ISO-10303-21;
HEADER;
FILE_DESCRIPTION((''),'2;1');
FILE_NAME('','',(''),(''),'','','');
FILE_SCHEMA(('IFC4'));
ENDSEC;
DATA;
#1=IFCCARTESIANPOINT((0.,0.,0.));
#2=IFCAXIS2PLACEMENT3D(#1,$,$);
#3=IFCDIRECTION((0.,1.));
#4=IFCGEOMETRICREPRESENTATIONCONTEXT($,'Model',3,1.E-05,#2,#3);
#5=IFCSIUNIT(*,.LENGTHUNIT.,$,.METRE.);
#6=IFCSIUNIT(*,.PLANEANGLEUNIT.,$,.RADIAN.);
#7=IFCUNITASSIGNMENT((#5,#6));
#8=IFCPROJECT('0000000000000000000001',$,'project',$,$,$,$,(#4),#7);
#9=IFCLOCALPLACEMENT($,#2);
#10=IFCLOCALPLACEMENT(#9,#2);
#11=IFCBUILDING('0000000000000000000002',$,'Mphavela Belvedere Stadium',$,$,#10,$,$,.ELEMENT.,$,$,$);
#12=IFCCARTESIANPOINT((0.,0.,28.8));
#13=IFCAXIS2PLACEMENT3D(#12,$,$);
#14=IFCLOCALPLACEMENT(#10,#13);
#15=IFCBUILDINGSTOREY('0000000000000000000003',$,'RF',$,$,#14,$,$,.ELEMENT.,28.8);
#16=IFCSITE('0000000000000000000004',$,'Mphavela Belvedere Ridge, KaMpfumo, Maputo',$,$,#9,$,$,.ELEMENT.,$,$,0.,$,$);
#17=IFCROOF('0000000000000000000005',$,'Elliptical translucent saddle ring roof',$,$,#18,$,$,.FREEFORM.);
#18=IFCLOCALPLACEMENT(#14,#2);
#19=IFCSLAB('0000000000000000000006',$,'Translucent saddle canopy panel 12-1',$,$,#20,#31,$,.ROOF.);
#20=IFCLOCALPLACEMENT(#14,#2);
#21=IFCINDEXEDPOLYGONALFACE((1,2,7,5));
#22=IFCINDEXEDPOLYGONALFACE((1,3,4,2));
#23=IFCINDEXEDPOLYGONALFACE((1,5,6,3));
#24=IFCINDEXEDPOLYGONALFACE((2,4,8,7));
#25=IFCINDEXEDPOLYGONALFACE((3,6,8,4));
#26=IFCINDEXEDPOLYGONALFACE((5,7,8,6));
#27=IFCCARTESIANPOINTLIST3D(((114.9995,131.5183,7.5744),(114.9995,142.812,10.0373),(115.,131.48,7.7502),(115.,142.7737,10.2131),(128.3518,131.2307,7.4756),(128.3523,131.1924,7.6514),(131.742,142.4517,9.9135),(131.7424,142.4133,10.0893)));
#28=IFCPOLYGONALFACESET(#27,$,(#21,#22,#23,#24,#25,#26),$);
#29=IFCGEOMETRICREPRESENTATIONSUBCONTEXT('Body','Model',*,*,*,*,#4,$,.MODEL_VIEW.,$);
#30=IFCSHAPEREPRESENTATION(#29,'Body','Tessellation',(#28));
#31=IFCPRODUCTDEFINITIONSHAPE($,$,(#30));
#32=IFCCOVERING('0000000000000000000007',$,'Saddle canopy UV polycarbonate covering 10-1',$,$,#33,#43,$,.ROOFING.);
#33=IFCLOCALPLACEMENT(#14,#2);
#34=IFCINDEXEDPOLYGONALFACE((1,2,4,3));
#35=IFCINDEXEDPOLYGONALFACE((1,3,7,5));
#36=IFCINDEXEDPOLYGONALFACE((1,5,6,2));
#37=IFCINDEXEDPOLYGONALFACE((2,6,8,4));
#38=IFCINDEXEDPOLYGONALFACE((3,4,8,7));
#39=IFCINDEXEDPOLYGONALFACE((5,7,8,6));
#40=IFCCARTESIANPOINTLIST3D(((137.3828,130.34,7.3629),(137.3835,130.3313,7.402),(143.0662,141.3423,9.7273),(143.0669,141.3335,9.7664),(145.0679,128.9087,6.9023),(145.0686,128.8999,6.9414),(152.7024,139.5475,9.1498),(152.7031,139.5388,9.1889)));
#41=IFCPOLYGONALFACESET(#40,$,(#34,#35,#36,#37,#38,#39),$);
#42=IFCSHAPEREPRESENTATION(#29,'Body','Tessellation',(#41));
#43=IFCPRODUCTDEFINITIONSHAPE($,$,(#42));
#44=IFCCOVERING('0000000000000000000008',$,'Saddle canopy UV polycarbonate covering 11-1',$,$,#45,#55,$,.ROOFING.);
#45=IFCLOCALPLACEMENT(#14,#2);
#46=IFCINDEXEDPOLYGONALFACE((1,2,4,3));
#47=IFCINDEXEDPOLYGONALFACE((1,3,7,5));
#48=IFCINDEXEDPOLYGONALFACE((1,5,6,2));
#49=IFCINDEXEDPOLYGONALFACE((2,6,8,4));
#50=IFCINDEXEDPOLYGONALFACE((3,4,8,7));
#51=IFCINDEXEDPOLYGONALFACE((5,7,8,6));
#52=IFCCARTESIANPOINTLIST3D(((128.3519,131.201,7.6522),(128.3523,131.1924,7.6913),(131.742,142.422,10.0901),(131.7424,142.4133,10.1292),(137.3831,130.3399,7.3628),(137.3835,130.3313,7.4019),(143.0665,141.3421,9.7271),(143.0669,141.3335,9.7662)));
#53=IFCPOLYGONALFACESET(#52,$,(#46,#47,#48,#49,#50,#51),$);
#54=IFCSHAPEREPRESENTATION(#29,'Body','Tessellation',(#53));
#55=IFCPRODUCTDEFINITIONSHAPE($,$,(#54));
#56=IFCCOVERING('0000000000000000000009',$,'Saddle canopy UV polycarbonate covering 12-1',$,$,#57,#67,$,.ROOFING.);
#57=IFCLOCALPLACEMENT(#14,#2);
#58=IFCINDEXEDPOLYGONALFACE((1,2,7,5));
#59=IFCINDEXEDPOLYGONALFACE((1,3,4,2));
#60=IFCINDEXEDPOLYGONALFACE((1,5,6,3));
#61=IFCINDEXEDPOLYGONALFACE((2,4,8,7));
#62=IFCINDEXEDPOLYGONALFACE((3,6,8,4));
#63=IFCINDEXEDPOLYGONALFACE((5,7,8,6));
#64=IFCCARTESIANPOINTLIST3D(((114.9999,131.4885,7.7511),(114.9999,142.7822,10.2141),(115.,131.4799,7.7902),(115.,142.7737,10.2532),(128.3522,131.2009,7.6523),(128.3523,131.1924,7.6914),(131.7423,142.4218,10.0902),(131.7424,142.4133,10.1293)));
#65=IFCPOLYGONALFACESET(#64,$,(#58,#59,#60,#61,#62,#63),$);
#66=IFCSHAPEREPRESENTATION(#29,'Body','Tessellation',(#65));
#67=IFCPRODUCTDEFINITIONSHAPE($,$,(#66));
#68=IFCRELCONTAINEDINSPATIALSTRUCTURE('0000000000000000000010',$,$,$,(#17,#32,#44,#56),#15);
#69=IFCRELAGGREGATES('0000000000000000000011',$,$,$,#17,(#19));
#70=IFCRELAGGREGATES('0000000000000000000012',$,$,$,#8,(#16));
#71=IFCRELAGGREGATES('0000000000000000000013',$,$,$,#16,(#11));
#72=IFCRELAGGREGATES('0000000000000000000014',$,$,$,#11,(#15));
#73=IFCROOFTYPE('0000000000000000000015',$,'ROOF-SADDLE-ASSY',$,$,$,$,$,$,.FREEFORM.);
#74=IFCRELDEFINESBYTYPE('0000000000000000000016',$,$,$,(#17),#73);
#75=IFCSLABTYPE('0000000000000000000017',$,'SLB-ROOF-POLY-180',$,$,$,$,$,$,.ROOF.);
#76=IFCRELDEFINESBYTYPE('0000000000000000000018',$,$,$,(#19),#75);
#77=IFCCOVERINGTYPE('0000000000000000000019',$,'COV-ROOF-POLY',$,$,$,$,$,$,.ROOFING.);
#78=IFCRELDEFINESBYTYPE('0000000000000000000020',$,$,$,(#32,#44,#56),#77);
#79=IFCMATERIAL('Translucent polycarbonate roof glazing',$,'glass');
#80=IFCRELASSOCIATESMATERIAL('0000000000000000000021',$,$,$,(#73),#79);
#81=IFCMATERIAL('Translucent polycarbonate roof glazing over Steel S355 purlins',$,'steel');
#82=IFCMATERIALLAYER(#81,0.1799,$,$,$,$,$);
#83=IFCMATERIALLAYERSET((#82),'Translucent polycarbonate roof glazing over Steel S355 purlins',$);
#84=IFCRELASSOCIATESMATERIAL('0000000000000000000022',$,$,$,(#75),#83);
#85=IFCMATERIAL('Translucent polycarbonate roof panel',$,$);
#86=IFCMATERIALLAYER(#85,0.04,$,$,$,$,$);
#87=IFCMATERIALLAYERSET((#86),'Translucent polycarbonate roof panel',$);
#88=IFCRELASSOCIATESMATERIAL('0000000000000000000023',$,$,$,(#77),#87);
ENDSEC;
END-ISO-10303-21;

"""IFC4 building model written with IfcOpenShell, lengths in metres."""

from ifc_helpers import new_model, si_unit, direction, frame, origin, place, context, subcontext, project, spatial, polyline, outline, extrude, material, layer, layer_set, type_object, element, aggregate, save


model = new_model("IFC4")

# Units and contexts
model_context = context("Model", 3, precision=1e-05, world=origin(), true_north=direction((0.0, 1.0)))
body_context = subcontext(model_context, "Body", "Model", "MODEL_VIEW")
ifc_project = project(units=[si_unit("LENGTHUNIT", "METRE"), si_unit("PLANEANGLEUNIT", "RADIAN")], contexts=[model_context])

# Site, building, storey
site_placement = place(None, origin())
site = spatial("IfcSite", under=ifc_project, at=site_placement, Name="Mphavela Belvedere Ridge, KaMpfumo, Maputo", CompositionType="ELEMENT", RefElevation=0.0)
building_placement = place(site_placement, origin())
building = spatial("IfcBuilding", under=site, at=building_placement, Name="Mphavela Belvedere Stadium", CompositionType="ELEMENT")
storey_placement = place(building_placement, frame((0.0, 0.0, 28.8)))
storey = spatial("IfcBuildingStorey", under=building, at=storey_placement, Name="RF", CompositionType="ELEMENT", Elevation=28.8)

# Roof, slab
ifc_material_1 = material(Name="Translucent polycarbonate roof glazing", Category="glass")
roof_type = type_object("IfcRoofType", Name="ROOF-SADDLE-ASSY", PredefinedType="FREEFORM", material=ifc_material_1)
roof_placement = place(storey_placement, origin())
roof = element("IfcRoof", 1, at=roof_placement, inside=storey, type_object=roof_type, Name="Elliptical translucent saddle ring roof", PredefinedType="FREEFORM")
ifc_material_2 = material(Name="Translucent polycarbonate roof glazing over Steel S355 purlins", Category="steel")
ifc_layer_1 = layer(ifc_material_2, 0.1799)
ifc_layer_set_1 = layer_set([ifc_layer_1], Name="Translucent polycarbonate roof glazing over Steel S355 purlins")
slab_type = type_object("IfcSlabType", Name="SLB-ROOF-POLY-180", PredefinedType="ROOF", material=ifc_layer_set_1)
slab_1_placement = place(storey_placement, frame((128.3523, 131.1924, 7.6514), z_axis=(0.002641, -0.213073, 0.977033), x_axis=(-0.999741, 0.021535, 0.007399)))
slab_1 = element("IfcSlab", 2, at=slab_1_placement, type_object=slab_type, Name="Translucent saddle canopy panel 12-1", PredefinedType="ROOF", context=body_context, shape_type="SweptSolid", body=[
    extrude(outline(polyline([(0.0, 0.0), (13.3558, 0.0), (13.6172, -11.5562), (-3.1296, -11.5565), (0.0, 0.0)])), origin(), (0.0, 0.0, -1.0), 0.1799),
])
aggregate(roof, [slab_1])

# Coverings
ifc_material_3 = material(Name="Translucent polycarbonate roof panel")
ifc_layer_2 = layer(ifc_material_3, 0.04)
ifc_layer_set_2 = layer_set([ifc_layer_2], Name="Translucent polycarbonate roof panel")
covering_type = type_object("IfcCoveringType", Name="COV-ROOF-POLY", PredefinedType="ROOFING", material=ifc_layer_set_2)
covering_1_placement = place(storey_placement, frame((145.0686, 128.8999, 6.9414), z_axis=(0.017716, -0.218809, 0.975607), x_axis=(-0.981392, 0.182787, 0.058817)))
element("IfcCovering", 3, at=covering_1_placement, inside=storey, type_object=covering_type, Name="Saddle canopy UV polycarbonate covering 10-1", PredefinedType="ROOFING", context=body_context, shape_type="SweptSolid", body=[
    extrude(outline(polyline([(0.0, 0.0), (7.8308, 0.0), (4.4033, -12.1323), (-5.4156, -12.1324), (0.0, 0.0)])), origin(), (0.0, 0.0, -1.0), 0.04),
])
covering_2_placement = place(storey_placement, frame((137.3835, 130.3313, 7.4019), z_axis=(0.010755, -0.215398, 0.976467), x_axis=(-0.994979, 0.094869, 0.031886)))
element("IfcCovering", 4, at=covering_2_placement, inside=storey, type_object=covering_type, Name="Saddle canopy UV polycarbonate covering 11-1", PredefinedType="ROOFING", context=body_context, shape_type="SweptSolid", body=[
    extrude(outline(polyline([(0.0, 0.0), (9.0768, 0.0), (6.846, -11.763), (-4.5356, -11.763), (0.0, 0.0)])), origin(), (0.0, 0.0, -1.0), 0.04),
])
covering_3_placement = place(storey_placement, frame((128.3523, 131.1924, 7.6914), z_axis=(0.002641, -0.213073, 0.977033), x_axis=(-0.999741, 0.021531, 0.007398)))
element("IfcCovering", 5, at=covering_3_placement, inside=storey, type_object=covering_type, Name="Saddle canopy UV polycarbonate covering 12-1", PredefinedType="ROOFING", context=body_context, shape_type="SweptSolid", body=[
    extrude(outline(polyline([(0.0, 0.0), (13.3558, 0.0), (13.6171, -11.5562), (-3.1296, -11.5564), (0.0, 0.0)])), origin(), (0.0, 0.0, -1.0), 0.04),
])

save(model, "model.ifc")
